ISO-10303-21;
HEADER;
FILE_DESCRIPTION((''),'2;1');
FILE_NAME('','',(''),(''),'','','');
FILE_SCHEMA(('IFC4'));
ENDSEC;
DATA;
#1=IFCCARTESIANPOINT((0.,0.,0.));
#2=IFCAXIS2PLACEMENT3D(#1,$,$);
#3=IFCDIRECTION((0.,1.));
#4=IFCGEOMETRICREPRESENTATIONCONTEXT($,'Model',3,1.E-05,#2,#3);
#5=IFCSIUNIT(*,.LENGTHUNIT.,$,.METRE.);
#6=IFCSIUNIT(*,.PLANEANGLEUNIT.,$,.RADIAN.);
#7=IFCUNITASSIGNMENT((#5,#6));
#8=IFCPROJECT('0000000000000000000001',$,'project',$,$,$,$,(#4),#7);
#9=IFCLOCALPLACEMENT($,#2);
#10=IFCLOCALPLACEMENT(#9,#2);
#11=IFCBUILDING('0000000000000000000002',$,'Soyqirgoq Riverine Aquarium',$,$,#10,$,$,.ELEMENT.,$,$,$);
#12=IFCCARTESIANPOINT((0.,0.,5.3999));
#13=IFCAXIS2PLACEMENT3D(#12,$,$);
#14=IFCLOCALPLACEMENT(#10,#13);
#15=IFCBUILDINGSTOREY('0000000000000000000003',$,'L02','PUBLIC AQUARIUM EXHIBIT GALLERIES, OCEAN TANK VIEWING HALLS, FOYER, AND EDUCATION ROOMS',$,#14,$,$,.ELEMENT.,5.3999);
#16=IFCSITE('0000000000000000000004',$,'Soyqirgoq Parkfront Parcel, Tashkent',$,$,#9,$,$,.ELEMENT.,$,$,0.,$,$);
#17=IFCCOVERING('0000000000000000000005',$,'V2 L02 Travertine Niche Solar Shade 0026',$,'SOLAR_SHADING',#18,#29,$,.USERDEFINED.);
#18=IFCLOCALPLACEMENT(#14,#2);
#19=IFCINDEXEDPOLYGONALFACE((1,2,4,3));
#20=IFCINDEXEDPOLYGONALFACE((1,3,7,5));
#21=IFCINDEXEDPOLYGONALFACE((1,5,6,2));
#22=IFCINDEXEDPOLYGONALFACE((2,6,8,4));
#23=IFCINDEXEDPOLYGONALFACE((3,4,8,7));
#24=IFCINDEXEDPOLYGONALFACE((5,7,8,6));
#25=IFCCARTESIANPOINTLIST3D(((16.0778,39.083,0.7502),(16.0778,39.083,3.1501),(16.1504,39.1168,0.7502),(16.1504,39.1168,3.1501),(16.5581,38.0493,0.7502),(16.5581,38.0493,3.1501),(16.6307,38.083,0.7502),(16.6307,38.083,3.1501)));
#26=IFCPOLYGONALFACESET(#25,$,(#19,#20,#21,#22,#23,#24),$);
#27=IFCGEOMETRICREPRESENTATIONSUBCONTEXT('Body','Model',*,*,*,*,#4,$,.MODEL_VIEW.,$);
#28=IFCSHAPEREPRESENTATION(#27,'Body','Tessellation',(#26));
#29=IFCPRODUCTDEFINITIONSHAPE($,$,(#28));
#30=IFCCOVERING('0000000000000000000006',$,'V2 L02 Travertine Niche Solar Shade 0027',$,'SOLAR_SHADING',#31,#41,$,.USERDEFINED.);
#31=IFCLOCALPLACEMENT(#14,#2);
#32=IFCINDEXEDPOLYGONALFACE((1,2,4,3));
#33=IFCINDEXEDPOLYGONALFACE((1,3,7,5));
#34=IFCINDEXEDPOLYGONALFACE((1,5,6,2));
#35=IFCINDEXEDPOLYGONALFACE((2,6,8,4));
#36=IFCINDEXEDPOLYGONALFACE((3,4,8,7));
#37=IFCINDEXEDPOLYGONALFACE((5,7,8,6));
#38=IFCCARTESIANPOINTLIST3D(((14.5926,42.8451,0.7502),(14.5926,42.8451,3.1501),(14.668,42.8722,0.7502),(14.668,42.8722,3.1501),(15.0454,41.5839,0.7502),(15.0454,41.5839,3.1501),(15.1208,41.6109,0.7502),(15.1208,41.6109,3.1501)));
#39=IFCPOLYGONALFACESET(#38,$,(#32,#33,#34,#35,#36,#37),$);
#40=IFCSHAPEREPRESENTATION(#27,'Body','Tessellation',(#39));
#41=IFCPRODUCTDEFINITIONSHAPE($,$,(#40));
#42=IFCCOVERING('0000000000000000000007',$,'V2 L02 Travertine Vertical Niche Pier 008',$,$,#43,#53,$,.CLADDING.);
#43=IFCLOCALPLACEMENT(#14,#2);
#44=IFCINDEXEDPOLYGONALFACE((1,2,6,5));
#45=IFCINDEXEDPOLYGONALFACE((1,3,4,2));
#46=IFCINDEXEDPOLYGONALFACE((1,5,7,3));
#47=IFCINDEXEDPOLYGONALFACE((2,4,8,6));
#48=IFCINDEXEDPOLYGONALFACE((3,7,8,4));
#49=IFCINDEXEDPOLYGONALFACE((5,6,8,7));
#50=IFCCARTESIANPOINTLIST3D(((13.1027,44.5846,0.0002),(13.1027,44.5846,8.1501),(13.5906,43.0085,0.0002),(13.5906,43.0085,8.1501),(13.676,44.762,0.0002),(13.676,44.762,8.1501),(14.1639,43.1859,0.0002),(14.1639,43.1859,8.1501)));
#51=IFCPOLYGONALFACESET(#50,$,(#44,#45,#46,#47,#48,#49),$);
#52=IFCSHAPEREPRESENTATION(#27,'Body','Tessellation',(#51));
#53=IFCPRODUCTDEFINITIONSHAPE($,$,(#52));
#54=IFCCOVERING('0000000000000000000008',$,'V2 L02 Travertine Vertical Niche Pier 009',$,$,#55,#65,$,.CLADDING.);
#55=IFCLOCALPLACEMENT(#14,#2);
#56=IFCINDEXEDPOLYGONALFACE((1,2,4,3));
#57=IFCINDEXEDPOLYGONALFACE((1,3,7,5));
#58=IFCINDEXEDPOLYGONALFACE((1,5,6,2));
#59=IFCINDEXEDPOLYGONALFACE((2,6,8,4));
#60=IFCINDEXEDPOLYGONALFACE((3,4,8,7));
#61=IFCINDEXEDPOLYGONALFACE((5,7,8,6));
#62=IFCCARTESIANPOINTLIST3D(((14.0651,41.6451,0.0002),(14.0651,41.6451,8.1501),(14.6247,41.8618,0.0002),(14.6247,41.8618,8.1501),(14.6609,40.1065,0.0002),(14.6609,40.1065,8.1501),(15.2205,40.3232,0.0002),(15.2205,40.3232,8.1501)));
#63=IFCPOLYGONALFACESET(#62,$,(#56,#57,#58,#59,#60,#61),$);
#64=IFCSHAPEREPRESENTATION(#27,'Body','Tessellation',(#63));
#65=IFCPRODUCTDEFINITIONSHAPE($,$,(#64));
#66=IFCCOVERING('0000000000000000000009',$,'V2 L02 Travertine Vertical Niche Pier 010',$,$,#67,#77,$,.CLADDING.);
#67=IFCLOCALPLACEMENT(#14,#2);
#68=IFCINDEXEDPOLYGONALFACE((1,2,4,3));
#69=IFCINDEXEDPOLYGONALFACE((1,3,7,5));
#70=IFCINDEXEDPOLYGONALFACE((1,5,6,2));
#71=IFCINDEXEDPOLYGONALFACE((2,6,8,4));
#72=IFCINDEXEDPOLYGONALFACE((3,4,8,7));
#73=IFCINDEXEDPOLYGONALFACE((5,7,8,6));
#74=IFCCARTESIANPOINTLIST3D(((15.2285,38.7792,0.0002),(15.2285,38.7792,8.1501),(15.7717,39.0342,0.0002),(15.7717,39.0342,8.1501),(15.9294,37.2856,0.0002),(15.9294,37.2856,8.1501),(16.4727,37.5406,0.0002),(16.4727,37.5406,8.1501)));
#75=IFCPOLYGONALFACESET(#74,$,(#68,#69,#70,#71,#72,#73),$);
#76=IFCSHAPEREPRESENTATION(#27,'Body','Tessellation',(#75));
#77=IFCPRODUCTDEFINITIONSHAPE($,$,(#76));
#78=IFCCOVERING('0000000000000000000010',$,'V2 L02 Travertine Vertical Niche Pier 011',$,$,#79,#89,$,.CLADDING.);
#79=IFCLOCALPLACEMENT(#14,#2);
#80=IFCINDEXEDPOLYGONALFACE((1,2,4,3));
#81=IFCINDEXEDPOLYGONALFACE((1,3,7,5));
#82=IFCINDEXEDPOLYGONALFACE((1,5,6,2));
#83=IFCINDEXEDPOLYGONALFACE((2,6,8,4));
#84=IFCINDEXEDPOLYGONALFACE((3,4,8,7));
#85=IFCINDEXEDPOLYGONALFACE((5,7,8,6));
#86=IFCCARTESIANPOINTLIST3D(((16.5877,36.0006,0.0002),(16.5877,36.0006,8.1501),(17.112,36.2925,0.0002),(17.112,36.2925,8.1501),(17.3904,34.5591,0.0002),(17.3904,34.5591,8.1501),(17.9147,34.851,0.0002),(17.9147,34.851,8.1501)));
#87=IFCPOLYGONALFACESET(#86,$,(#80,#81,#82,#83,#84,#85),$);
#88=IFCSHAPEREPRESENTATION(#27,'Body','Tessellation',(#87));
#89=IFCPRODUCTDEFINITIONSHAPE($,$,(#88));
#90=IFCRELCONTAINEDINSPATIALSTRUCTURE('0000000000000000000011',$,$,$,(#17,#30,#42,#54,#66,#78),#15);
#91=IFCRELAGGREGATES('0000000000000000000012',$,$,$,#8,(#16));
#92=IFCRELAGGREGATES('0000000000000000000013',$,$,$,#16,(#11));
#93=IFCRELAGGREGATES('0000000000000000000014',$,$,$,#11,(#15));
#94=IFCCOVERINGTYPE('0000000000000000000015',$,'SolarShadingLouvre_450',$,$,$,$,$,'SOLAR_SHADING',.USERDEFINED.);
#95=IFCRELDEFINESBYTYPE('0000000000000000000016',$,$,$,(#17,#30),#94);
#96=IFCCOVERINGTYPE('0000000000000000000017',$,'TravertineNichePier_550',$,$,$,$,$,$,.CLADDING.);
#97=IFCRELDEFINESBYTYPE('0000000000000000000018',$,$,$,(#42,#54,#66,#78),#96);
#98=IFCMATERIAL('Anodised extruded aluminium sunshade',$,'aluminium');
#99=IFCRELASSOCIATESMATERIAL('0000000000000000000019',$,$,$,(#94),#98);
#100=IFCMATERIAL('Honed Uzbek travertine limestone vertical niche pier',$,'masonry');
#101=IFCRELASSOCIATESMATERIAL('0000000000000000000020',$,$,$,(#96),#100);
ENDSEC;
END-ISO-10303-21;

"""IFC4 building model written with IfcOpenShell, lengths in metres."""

from ifc_helpers import new_model, si_unit, direction, frame, origin, origin_2d, place, context, subcontext, project, spatial, rectangle, extrude, material, type_object, element, save


model = new_model("IFC4")

# Units and contexts
model_context = context("Model", 3, precision=1e-05, world=origin(), true_north=direction((0.0, 1.0)))
body_context = subcontext(model_context, "Body", "Model", "MODEL_VIEW")
ifc_project = project(units=[si_unit("LENGTHUNIT", "METRE"), si_unit("PLANEANGLEUNIT", "RADIAN")], contexts=[model_context])

# Site, building, storey
site_placement = place(None, origin())
site = spatial("IfcSite", under=ifc_project, at=site_placement, Name="Soyqirgoq Parkfront Parcel, Tashkent", CompositionType="ELEMENT", RefElevation=0.0)
building_placement = place(site_placement, origin())
building = spatial("IfcBuilding", under=site, at=building_placement, Name="Soyqirgoq Riverine Aquarium", CompositionType="ELEMENT")
storey_placement = place(building_placement, frame((0.0, 0.0, 5.3999)))
storey = spatial("IfcBuildingStorey", under=building, at=storey_placement, Name="L02", Description="PUBLIC AQUARIUM EXHIBIT GALLERIES, OCEAN TANK VIEWING HALLS, FOYER, AND EDUCATION ROOMS", CompositionType="ELEMENT", Elevation=5.3999)

# Coverings
ifc_material_1 = material(Name="Anodised extruded aluminium sunshade", Category="aluminium")
covering_type_1 = type_object("IfcCoveringType", Name="SolarShadingLouvre_450", ElementType="SOLAR_SHADING", PredefinedType="USERDEFINED", material=ifc_material_1)
covering_1_placement = place(storey_placement, frame((16.3542, 38.583, 0.7502), z_axis=(0.0, 0.0, 1.0), x_axis=(-0.421352, 0.906897, 0.0)))
element("IfcCovering", 1, at=covering_1_placement, inside=storey, type_object=covering_type_1, Name="V2 L02 Travertine Niche Solar Shade 0026", ObjectType="SOLAR_SHADING", PredefinedType="USERDEFINED", context=body_context, shape_type="SweptSolid", body=[
    extrude(rectangle(XDim=1.1399, YDim=0.0801, at=origin_2d()), origin(), (0.0, 0.0, 1.0), 2.3999),
])
covering_2_placement = place(storey_placement, frame((14.8567, 42.228, 0.7502), z_axis=(0.0, 0.0, 1.0), x_axis=(-0.337917, 0.941176, 0.0)))
element("IfcCovering", 2, at=covering_2_placement, inside=storey, type_object=covering_type_1, Name="V2 L02 Travertine Niche Solar Shade 0027", ObjectType="SOLAR_SHADING", PredefinedType="USERDEFINED", context=body_context, shape_type="SweptSolid", body=[
    extrude(rectangle(XDim=1.3401, YDim=0.0801, at=origin_2d()), origin(), (0.0, 0.0, 1.0), 2.3999),
])
ifc_material_2 = material(Name="Honed Uzbek travertine limestone vertical niche pier", Category="masonry")
covering_type_2 = type_object("IfcCoveringType", Name="TravertineNichePier_550", PredefinedType="CLADDING", material=ifc_material_2)
for number, where, z_axis, x_axis, name in (
    (3, (13.6333, 43.8853, 0.0002), (0.0, 0.0, 1.0), (-0.955278, -0.295708, 0.0), "V2 L02 Travertine Vertical Niche Pier 008"),
    (4, (14.6428, 40.9841, 0.0002), (0.0, 0.0, 1.0), (-0.932513, -0.361136, 0.0), "V2 L02 Travertine Vertical Niche Pier 009"),
    (5, (15.8506, 38.1599, 0.0002), (0.0, 0.0, 1.0), (-0.905272, -0.424832, 0.0), "V2 L02 Travertine Vertical Niche Pier 010"),
    (6, (17.2512, 35.4258, 0.0002), (0.0, 0.0, 1.0), (-0.873687, -0.486488, 0.0), "V2 L02 Travertine Vertical Niche Pier 011"),
):
    element("IfcCovering", number, at=place(storey_placement, frame(where, z_axis=z_axis, x_axis=x_axis)), inside=storey, type_object=covering_type_2, Name=name, PredefinedType="CLADDING", context=body_context, shape_type="SweptSolid", body=[
        extrude(rectangle(XDim=0.6001, YDim=1.6499, at=origin_2d()), origin(), (0.0, 0.0, 1.0), 8.1499),
    ])

save(model, "model.ifc")
